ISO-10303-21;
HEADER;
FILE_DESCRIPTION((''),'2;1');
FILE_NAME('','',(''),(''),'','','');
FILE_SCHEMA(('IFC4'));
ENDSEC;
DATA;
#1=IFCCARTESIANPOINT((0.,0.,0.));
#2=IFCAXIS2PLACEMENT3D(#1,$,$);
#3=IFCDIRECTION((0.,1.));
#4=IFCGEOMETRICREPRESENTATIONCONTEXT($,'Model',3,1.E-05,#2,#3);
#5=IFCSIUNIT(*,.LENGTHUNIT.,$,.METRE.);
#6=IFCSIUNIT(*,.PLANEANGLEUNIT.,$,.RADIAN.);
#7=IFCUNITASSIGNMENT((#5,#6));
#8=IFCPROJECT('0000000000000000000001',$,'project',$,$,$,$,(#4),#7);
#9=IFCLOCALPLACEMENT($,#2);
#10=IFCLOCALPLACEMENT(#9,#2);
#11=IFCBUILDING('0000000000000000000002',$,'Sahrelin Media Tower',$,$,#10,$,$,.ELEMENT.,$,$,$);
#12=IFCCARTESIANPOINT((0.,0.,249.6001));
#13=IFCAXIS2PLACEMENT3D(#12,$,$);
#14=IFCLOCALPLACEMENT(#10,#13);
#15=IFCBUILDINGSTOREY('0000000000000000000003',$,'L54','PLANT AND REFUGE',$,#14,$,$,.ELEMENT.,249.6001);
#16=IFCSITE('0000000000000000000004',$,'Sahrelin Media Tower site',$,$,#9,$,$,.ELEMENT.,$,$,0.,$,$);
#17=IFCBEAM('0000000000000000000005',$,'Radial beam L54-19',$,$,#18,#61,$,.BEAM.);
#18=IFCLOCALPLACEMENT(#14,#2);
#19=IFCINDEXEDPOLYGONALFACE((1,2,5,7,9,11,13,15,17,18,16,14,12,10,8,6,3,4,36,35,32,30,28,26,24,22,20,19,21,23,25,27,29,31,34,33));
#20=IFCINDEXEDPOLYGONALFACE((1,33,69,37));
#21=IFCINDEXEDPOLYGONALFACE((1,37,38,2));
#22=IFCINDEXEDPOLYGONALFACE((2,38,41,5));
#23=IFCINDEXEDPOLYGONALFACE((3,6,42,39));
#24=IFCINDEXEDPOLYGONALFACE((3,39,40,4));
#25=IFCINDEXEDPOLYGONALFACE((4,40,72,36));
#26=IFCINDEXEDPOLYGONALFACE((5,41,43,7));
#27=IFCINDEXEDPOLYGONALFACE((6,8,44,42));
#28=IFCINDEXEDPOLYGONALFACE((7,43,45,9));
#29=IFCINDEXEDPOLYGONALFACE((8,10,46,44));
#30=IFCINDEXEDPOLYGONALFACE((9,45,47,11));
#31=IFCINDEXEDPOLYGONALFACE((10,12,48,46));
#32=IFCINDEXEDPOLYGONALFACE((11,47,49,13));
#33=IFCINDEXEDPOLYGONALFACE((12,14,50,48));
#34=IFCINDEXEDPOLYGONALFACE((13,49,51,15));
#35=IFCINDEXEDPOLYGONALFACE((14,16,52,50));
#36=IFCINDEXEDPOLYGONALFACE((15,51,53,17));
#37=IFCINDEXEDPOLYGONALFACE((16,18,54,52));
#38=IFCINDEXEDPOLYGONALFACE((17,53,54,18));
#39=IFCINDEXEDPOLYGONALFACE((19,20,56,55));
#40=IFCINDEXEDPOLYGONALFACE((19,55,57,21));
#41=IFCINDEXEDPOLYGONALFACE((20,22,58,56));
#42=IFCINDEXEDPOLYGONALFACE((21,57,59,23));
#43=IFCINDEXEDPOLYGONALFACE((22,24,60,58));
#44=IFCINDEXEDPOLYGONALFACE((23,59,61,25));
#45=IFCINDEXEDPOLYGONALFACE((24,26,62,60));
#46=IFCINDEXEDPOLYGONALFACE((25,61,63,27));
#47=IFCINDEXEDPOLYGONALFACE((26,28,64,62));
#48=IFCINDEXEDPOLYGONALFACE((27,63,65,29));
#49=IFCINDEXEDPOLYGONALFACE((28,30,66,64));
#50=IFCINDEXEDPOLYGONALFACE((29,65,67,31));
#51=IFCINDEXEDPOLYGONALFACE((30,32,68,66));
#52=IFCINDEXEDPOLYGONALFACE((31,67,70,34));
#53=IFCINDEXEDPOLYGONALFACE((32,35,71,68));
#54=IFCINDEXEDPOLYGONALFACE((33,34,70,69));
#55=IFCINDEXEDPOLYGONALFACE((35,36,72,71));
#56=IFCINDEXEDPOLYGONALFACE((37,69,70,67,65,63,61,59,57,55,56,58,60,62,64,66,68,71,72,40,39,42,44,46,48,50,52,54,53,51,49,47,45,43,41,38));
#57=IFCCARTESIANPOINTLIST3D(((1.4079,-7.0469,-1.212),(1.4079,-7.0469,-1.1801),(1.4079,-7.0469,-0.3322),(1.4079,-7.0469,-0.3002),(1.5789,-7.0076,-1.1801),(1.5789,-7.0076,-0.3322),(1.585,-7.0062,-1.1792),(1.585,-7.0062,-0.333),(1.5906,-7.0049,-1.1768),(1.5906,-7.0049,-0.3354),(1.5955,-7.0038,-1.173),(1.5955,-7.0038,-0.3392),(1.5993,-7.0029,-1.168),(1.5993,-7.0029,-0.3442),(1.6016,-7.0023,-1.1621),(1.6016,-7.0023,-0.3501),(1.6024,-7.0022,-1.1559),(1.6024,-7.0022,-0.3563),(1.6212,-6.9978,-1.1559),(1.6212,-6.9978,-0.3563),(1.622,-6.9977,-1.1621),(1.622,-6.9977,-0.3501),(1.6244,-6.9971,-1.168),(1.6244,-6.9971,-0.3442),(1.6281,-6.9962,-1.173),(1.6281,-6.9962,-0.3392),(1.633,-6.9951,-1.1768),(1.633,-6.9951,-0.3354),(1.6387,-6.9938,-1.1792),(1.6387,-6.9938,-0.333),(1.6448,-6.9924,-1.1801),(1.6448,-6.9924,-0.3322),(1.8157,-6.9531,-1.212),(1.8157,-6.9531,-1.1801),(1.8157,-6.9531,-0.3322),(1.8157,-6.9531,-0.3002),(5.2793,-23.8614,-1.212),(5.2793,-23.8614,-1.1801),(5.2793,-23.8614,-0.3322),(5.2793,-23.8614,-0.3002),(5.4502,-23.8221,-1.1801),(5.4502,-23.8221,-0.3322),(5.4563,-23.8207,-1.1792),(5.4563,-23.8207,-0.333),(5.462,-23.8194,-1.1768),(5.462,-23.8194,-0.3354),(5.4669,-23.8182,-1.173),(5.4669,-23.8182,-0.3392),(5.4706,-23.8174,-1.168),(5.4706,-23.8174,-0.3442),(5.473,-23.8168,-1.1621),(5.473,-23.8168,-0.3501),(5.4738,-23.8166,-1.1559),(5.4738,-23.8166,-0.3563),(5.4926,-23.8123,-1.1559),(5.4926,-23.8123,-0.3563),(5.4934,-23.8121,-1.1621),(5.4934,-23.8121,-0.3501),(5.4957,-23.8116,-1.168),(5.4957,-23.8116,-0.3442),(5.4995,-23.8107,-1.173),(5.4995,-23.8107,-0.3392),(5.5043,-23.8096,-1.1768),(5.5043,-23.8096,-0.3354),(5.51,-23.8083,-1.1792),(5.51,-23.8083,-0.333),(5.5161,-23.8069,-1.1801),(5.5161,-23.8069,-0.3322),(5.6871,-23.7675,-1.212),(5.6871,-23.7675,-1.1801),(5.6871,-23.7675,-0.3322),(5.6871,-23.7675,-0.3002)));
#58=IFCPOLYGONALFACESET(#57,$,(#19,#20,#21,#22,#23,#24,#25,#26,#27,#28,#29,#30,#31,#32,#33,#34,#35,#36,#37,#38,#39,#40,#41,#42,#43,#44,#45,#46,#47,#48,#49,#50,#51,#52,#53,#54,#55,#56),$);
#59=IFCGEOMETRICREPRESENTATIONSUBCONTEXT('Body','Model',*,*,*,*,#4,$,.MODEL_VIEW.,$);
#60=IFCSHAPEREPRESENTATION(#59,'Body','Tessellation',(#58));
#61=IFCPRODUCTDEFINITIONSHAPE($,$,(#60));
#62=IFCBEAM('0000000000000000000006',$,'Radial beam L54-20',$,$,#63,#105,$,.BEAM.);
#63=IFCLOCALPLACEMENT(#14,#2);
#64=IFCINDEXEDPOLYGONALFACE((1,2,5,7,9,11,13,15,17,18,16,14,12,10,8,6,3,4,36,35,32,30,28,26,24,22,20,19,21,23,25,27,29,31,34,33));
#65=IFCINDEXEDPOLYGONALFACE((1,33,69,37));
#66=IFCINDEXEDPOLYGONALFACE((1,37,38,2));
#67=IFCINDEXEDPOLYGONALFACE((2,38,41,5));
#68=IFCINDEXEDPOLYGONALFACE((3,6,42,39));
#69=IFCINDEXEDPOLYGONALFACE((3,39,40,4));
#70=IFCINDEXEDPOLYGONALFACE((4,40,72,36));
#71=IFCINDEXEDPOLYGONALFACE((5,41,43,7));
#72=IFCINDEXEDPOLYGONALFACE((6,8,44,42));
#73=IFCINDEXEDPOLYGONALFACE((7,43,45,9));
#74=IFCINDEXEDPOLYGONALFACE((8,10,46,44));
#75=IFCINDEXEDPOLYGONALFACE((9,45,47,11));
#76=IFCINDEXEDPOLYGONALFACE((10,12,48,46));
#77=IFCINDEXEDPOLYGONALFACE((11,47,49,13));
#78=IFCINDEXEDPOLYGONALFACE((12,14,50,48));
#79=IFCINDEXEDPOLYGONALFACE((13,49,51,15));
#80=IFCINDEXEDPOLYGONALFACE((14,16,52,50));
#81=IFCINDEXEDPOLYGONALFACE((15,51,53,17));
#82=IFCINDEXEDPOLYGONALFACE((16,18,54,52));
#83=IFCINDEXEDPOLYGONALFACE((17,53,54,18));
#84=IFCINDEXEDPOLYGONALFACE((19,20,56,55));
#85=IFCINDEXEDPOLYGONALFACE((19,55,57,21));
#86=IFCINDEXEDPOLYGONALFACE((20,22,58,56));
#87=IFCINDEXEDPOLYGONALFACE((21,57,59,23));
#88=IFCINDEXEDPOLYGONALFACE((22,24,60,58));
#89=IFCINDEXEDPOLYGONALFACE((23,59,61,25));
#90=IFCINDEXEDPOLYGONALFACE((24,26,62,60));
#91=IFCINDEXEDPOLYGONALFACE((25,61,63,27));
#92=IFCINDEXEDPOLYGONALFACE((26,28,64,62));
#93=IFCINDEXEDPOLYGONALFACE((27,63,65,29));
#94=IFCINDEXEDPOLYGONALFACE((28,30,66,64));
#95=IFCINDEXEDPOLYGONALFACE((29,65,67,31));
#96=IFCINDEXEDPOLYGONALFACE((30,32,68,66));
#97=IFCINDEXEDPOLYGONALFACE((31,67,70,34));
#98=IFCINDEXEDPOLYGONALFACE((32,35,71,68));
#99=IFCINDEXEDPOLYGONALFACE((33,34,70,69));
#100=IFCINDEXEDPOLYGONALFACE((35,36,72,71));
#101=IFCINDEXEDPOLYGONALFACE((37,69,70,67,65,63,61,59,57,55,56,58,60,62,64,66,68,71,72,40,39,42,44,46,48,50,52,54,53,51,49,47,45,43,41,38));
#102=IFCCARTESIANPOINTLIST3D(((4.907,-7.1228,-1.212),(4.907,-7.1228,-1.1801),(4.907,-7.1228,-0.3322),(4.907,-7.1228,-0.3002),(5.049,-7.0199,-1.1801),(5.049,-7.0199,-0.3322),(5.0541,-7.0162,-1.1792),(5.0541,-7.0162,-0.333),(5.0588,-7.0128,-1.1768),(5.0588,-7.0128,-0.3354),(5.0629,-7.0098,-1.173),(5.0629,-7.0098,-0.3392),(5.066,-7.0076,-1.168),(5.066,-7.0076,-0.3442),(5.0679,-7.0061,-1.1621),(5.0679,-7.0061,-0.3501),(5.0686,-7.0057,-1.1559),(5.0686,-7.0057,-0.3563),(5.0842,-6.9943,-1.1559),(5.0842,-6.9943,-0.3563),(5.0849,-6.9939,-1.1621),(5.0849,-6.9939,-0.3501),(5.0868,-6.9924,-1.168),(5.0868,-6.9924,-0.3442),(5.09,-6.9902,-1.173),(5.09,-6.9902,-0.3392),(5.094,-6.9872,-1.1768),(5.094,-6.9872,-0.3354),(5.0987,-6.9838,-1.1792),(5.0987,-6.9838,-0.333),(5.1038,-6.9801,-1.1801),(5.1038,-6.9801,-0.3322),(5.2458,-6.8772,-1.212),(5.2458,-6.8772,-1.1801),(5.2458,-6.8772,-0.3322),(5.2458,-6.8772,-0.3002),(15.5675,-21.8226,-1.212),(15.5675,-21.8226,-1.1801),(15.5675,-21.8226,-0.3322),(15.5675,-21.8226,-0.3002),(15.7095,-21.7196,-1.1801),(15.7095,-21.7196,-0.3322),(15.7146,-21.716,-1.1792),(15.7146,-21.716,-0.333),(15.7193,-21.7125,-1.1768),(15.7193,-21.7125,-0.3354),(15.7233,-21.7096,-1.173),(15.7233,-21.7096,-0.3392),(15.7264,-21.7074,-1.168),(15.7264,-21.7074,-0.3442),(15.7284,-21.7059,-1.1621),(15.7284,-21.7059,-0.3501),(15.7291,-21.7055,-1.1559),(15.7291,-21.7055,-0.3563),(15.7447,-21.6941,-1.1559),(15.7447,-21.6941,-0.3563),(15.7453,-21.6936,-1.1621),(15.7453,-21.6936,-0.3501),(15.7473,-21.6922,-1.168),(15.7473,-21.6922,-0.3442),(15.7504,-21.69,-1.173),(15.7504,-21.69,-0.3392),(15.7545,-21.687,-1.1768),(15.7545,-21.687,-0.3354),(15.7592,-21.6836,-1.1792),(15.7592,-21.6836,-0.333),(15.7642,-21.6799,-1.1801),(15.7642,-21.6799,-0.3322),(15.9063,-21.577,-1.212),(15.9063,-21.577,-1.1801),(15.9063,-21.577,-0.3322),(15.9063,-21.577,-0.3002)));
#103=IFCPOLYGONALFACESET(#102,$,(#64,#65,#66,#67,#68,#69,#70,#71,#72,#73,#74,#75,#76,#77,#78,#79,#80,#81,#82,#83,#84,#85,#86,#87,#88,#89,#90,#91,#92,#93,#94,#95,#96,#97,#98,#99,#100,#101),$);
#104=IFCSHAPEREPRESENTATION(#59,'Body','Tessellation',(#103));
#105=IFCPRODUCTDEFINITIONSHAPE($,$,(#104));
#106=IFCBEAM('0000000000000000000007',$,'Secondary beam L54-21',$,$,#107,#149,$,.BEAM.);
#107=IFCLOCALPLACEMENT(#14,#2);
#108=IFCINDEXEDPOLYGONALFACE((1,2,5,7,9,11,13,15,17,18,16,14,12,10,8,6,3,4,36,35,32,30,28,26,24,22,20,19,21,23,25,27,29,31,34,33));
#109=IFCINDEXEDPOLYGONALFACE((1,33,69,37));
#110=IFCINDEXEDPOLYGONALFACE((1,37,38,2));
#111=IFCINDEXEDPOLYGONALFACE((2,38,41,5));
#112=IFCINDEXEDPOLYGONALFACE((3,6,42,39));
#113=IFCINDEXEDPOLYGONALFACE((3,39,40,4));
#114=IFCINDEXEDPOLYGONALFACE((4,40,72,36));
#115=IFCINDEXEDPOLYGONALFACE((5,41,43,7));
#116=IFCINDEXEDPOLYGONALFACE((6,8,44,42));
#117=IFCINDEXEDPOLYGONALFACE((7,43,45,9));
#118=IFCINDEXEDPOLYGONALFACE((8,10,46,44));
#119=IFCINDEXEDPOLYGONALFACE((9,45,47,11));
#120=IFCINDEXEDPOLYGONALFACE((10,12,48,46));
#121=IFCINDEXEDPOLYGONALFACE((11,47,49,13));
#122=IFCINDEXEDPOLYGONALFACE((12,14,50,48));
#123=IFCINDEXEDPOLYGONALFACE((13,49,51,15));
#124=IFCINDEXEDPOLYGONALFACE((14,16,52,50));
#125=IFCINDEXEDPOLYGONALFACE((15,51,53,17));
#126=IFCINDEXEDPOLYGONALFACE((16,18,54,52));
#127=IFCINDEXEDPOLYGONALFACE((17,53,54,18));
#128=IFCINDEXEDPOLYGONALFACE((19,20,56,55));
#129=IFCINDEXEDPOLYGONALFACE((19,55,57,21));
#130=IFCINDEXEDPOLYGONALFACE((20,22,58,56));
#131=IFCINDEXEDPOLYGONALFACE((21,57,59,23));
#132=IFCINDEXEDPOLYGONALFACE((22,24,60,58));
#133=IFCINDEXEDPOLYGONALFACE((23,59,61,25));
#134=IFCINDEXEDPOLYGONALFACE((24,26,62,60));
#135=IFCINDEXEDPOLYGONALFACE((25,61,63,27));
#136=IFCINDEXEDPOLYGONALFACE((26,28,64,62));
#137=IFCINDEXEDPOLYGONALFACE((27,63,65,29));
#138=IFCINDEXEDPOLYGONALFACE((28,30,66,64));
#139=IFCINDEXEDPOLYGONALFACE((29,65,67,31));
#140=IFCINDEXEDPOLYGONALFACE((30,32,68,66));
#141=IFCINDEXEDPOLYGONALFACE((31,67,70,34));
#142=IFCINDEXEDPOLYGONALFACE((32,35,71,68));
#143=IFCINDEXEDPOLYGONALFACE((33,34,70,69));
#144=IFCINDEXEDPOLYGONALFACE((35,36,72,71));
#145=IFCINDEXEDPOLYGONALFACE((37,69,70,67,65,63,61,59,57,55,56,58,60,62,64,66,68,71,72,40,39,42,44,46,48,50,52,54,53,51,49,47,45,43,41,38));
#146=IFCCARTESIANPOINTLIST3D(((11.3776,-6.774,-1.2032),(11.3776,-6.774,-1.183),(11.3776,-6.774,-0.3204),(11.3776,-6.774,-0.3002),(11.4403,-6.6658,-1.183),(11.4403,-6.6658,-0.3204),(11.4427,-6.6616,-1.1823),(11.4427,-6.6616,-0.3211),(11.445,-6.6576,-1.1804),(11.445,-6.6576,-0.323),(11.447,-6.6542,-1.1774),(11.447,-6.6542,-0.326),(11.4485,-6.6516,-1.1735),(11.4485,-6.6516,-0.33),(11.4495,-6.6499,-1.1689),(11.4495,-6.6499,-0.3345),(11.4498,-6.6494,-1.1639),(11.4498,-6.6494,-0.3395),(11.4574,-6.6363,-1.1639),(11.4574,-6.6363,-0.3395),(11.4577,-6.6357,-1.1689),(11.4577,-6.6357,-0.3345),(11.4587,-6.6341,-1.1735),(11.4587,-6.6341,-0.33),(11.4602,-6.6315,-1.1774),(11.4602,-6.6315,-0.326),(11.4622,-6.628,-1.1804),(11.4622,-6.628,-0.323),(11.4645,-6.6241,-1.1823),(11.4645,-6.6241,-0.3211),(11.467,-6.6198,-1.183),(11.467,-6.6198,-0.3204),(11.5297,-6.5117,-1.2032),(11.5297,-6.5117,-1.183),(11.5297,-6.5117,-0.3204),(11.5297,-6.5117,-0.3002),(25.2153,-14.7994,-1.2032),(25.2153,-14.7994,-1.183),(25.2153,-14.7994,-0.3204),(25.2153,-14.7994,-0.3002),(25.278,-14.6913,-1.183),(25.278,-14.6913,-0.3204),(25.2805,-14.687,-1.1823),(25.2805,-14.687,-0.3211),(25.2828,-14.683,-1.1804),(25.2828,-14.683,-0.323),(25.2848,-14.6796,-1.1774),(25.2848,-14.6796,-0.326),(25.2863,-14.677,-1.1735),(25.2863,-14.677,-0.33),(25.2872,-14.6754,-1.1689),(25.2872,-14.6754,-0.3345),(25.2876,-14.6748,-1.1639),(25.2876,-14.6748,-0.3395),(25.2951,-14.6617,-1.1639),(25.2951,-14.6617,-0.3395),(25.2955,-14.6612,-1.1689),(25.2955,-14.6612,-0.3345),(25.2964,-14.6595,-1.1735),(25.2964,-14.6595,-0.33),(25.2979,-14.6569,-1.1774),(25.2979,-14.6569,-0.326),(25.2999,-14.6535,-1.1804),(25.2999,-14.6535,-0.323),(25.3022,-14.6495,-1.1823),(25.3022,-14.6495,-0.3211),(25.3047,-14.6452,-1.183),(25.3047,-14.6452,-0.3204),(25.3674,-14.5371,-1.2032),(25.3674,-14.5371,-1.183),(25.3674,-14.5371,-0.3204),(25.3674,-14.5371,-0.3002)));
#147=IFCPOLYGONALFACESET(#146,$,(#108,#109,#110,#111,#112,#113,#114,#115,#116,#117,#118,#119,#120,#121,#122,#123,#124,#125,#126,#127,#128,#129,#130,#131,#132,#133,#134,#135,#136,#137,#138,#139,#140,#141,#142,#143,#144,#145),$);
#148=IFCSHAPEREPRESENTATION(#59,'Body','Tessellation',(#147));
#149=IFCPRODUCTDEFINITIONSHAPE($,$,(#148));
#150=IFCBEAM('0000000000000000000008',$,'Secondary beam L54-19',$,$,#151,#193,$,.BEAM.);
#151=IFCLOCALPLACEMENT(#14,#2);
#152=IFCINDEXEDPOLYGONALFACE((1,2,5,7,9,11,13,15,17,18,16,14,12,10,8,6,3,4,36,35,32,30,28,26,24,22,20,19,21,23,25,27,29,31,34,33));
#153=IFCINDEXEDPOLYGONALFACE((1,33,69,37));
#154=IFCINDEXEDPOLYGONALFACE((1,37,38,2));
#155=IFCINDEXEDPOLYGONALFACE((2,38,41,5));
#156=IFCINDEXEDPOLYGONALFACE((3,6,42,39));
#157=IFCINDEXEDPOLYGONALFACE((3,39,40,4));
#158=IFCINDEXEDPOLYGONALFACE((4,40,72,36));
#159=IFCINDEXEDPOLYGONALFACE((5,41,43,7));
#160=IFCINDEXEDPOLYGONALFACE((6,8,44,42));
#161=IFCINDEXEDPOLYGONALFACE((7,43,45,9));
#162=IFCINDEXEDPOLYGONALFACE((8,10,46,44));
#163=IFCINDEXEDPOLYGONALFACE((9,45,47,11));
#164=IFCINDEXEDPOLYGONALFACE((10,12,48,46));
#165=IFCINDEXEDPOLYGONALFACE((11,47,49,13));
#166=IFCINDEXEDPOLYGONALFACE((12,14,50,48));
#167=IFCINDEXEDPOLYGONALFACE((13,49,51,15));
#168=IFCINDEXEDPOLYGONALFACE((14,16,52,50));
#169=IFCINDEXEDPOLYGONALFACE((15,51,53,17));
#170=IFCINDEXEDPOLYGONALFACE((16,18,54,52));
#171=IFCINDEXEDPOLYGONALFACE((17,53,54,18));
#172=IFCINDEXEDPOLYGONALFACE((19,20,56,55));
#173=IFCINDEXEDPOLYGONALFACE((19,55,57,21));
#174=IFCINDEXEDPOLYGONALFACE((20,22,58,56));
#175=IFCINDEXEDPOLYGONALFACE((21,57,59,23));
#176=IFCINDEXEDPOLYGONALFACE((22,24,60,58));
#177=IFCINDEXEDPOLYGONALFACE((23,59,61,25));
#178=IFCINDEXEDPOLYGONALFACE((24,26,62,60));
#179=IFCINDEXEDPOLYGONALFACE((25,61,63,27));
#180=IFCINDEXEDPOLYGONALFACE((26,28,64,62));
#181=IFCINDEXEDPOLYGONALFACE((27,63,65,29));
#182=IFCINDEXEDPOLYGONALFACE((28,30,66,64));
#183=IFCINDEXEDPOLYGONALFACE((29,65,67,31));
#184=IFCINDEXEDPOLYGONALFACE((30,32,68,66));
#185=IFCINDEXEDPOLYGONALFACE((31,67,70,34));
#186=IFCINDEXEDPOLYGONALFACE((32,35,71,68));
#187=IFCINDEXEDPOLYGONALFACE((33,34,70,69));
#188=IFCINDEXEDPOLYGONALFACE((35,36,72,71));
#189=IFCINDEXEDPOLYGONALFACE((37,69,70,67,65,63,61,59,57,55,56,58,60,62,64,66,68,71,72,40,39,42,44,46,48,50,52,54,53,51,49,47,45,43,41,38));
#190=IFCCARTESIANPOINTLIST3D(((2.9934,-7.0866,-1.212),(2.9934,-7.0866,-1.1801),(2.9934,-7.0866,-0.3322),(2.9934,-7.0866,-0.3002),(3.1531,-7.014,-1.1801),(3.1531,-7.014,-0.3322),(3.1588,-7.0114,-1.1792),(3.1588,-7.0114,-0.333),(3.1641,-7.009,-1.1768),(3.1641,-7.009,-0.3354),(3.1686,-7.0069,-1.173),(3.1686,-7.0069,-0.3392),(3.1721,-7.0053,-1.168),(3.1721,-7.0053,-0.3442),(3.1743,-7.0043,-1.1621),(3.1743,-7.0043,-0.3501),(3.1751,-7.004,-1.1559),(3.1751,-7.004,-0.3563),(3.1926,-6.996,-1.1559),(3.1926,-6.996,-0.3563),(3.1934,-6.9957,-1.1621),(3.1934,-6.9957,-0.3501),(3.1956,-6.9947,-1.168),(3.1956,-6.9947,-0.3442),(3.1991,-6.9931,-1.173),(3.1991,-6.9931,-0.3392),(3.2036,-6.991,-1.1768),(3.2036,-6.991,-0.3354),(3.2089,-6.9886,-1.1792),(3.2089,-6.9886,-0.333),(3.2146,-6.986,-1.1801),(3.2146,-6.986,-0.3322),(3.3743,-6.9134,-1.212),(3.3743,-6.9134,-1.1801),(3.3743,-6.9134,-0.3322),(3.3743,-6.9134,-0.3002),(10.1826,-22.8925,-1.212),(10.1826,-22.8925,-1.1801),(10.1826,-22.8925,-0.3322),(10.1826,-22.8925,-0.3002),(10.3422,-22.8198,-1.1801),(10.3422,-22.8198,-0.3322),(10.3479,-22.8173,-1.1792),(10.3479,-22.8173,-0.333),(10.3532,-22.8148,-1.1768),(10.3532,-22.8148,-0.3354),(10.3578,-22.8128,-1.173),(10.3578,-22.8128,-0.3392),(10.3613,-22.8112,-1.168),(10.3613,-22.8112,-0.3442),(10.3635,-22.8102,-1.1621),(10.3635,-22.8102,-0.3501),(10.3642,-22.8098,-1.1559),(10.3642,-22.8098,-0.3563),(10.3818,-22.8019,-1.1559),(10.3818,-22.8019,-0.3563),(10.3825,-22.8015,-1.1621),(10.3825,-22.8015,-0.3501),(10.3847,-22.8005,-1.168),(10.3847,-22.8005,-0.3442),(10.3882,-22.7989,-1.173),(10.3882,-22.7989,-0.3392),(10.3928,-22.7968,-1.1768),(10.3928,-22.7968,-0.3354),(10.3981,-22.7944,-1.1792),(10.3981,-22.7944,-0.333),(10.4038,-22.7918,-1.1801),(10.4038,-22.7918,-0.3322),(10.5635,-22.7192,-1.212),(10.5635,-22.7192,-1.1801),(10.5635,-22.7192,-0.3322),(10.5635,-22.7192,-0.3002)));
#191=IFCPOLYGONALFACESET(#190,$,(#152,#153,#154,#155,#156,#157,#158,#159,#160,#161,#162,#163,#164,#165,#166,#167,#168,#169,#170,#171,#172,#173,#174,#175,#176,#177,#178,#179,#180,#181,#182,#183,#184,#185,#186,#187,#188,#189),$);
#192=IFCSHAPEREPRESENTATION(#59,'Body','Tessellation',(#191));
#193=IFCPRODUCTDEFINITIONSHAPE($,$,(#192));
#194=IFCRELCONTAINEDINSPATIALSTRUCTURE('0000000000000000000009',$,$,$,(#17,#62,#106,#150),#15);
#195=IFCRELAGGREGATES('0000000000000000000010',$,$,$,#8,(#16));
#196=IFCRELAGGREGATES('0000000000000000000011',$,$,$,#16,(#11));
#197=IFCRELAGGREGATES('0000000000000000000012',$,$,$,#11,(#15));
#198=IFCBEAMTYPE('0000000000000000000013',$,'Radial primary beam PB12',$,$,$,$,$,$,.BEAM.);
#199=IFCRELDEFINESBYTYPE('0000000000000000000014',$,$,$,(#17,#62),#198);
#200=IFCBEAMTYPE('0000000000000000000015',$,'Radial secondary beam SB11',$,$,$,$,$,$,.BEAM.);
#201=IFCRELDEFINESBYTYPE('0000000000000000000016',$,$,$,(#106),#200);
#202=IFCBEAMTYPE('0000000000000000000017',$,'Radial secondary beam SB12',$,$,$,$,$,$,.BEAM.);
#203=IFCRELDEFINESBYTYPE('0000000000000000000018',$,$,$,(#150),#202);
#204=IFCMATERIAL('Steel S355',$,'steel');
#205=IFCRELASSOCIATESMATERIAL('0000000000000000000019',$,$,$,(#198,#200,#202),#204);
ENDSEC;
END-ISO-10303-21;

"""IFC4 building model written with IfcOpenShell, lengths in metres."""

from ifc_helpers import new_model, si_unit, direction, frame, origin, origin_2d, place, context, subcontext, project, spatial, i_section, extrude, material, material_profile, profile_set, type_object, element, save


model = new_model("IFC4")

# Units and contexts
model_context = context("Model", 3, precision=1e-05, world=origin(), true_north=direction((0.0, 1.0)))
body_context = subcontext(model_context, "Body", "Model", "MODEL_VIEW")
ifc_project = project(units=[si_unit("LENGTHUNIT", "METRE"), si_unit("PLANEANGLEUNIT", "RADIAN")], contexts=[model_context])

# Site, building, storey
site_placement = place(None, origin())
site = spatial("IfcSite", under=ifc_project, at=site_placement, Name="Sahrelin Media Tower site", CompositionType="ELEMENT", RefElevation=0.0)
building_placement = place(site_placement, origin())
building = spatial("IfcBuilding", under=site, at=building_placement, Name="Sahrelin Media Tower", CompositionType="ELEMENT")
storey_placement = place(building_placement, frame((0.0, 0.0, 249.6001)))
storey = spatial("IfcBuildingStorey", under=building, at=storey_placement, Name="L54", Description="PLANT AND REFUGE", CompositionType="ELEMENT", Elevation=249.6001)

# Beams
ifc_material_1 = material(Name="Steel S355", Category="steel")
ifc_material_profile_1 = material_profile(ifc_material_1, i_section(OverallWidth=0.4185, OverallDepth=0.9119, WebThickness=0.0193, FlangeThickness=0.032, FilletRadius=0.0242, at=origin_2d()), Name="UB 914x419x343")
ifc_profile_set_1 = profile_set([ifc_material_profile_1], Name="Steel S355")
beam_type_1 = type_object("IfcBeamType", Name="Radial primary beam PB12", PredefinedType="BEAM", material=ifc_profile_set_1)
beam_1_placement = place(storey_placement, frame((1.6118, -7.0, -0.7561), z_axis=(0.224369, -0.974504, 0.0), x_axis=(0.974504, 0.224369, 0.0)))
element("IfcBeam", 1, at=beam_1_placement, inside=storey, type_object=beam_type_1, Name="Radial beam L54-19", PredefinedType="BEAM", context=body_context, shape_type="SweptSolid", body=[
    extrude(i_section(OverallWidth=0.4185, OverallDepth=0.9119, WebThickness=0.0193, FlangeThickness=0.032, FilletRadius=0.0242, at=origin_2d()), origin(), (0.0, 0.0, 1.0), 17.2544),
])
beam_2_placement = place(storey_placement, frame((5.0764, -7.0, -0.7561), z_axis=(0.58708, -0.809529, 0.0), x_axis=(0.809529, 0.58708, 0.0)))
element("IfcBeam", 2, at=beam_2_placement, inside=storey, type_object=beam_type_1, Name="Radial beam L54-20", PredefinedType="BEAM", context=body_context, shape_type="SweptSolid", body=[
    extrude(i_section(OverallWidth=0.4185, OverallDepth=0.9119, WebThickness=0.0193, FlangeThickness=0.032, FilletRadius=0.0242, at=origin_2d()), origin(), (0.0, 0.0, 1.0), 18.1584),
])
ifc_material_profile_2 = material_profile(ifc_material_1, i_section(OverallWidth=0.3032, OverallDepth=0.9031, WebThickness=0.0151, FlangeThickness=0.0203, FilletRadius=0.019, at=origin_2d()), Name="UB 914x305x201")
ifc_profile_set_2 = profile_set([ifc_material_profile_2], Name="Steel S355")
beam_type_2 = type_object("IfcBeamType", Name="Radial secondary beam SB11", PredefinedType="BEAM", material=ifc_profile_set_2)
beam_3_placement = place(storey_placement, frame((11.4536, -6.6428, -0.7517), z_axis=(0.865043, -0.501697, 0.0), x_axis=(0.501697, 0.865043, 0.0)))
element("IfcBeam", 3, at=beam_3_placement, inside=storey, type_object=beam_type_2, Name="Secondary beam L54-21", PredefinedType="BEAM", context=body_context, shape_type="SweptSolid", body=[
    extrude(i_section(OverallWidth=0.3032, OverallDepth=0.9031, WebThickness=0.0151, FlangeThickness=0.0203, FilletRadius=0.019, at=origin_2d()), origin(), (0.0, 0.0, 1.0), 15.9966),
])
ifc_material_profile_3 = material_profile(ifc_material_1, i_section(OverallWidth=0.4185, OverallDepth=0.9119, WebThickness=0.0193, FlangeThickness=0.032, FilletRadius=0.0242, at=origin_2d()), Name="UB 914x419x343")
ifc_profile_set_3 = profile_set([ifc_material_profile_3], Name="Steel S355")
beam_type_3 = type_object("IfcBeamType", Name="Radial secondary beam SB12", PredefinedType="BEAM", material=ifc_profile_set_3)
beam_4_placement = place(storey_placement, frame((3.1838, -7.0, -0.7561), z_axis=(0.414028, -0.910264, 0.0), x_axis=(0.910264, 0.414028, 0.0)))
element("IfcBeam", 4, at=beam_4_placement, inside=storey, type_object=beam_type_3, Name="Secondary beam L54-19", PredefinedType="BEAM", context=body_context, shape_type="SweptSolid", body=[
    extrude(i_section(OverallWidth=0.4185, OverallDepth=0.9119, WebThickness=0.0193, FlangeThickness=0.032, FilletRadius=0.0242, at=origin_2d()), origin(), (0.0, 0.0, 1.0), 17.364),
])

save(model, "model.ifc")
